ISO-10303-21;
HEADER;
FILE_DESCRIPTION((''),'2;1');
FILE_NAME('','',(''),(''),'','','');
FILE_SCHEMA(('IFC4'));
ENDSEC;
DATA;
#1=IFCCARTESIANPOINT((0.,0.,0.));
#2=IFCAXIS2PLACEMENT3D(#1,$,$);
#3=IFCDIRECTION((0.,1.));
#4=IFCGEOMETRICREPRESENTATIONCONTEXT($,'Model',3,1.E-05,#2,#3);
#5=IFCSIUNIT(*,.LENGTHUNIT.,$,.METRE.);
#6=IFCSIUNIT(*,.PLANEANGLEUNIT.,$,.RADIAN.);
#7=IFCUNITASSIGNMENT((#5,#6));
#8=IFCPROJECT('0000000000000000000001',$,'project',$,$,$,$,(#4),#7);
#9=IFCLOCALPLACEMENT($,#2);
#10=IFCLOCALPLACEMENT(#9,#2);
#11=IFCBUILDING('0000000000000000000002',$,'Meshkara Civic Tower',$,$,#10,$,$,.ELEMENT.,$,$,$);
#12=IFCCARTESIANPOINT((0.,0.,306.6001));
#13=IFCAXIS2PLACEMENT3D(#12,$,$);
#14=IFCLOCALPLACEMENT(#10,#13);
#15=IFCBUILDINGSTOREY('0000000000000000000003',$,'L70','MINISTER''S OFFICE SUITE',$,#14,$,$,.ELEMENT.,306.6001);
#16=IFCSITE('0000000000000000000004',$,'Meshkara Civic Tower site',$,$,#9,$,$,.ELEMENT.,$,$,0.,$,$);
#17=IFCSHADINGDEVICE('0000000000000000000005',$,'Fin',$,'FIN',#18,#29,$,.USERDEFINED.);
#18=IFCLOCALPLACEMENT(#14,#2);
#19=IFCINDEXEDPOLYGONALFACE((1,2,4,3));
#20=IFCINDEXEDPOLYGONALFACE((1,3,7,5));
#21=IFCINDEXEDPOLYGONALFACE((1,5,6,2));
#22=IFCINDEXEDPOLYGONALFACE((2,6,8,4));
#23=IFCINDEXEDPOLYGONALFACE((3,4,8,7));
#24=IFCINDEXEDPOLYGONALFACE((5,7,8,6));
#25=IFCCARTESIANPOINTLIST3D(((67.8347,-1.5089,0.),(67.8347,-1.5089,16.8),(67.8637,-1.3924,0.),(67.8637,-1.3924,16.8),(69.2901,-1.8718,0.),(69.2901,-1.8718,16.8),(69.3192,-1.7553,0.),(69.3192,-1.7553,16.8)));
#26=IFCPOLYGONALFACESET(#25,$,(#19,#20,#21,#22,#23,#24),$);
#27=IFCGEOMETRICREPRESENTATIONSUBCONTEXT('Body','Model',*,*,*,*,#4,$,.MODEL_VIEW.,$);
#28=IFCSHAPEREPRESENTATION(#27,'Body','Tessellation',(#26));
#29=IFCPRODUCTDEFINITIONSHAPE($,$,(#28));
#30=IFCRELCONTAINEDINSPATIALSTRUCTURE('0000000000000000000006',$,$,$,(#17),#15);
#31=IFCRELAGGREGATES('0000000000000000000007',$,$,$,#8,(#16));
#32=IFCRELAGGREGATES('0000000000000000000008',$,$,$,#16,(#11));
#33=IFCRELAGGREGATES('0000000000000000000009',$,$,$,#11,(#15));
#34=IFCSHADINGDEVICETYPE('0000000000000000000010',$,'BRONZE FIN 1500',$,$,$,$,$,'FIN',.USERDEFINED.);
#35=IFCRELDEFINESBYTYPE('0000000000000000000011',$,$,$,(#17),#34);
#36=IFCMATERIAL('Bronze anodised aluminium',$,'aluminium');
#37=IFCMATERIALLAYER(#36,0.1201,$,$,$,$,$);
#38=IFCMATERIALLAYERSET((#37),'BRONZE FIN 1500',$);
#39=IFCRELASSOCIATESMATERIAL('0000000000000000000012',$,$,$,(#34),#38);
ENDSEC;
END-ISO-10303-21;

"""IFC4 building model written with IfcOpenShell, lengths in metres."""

from ifc_helpers import new_model, si_unit, direction, frame, origin, origin_2d, place, context, subcontext, project, spatial, rectangle, extrude, material, layer, layer_set, type_object, element, save


model = new_model("IFC4")

# Units and contexts
model_context = context("Model", 3, precision=1e-05, world=origin(), true_north=direction((0.0, 1.0)))
body_context = subcontext(model_context, "Body", "Model", "MODEL_VIEW")
ifc_project = project(units=[si_unit("LENGTHUNIT", "METRE"), si_unit("PLANEANGLEUNIT", "RADIAN")], contexts=[model_context])

# Site, building, storey
site_placement = place(None, origin())
site = spatial("IfcSite", under=ifc_project, at=site_placement, Name="Meshkara Civic Tower site", CompositionType="ELEMENT", RefElevation=0.0)
building_placement = place(site_placement, origin())
building = spatial("IfcBuilding", under=site, at=building_placement, Name="Meshkara Civic Tower", CompositionType="ELEMENT")
storey_placement = place(building_placement, frame((0.0, 0.0, 306.6001)))
storey = spatial("IfcBuildingStorey", under=building, at=storey_placement, Name="L70", Description="MINISTER'S OFFICE SUITE", CompositionType="ELEMENT", Elevation=306.6001)

# Shading device
ifc_material_1 = material(Name="Bronze anodised aluminium", Category="aluminium")
ifc_layer_1 = layer(ifc_material_1, 0.1201)
ifc_layer_set_1 = layer_set([ifc_layer_1], Name="BRONZE FIN 1500")
shading_device_type = type_object("IfcShadingDeviceType", Name="BRONZE FIN 1500", ElementType="FIN", PredefinedType="USERDEFINED", material=ifc_layer_set_1)
for number, where, z_axis, x_axis, name in (
    (1, (68.5769, -1.6321, 0.0), (0.0, 0.0, 1.0), (0.241939, 0.970292, 0.0), "Fin"),
):
    element("IfcShadingDevice", number, at=place(storey_placement, frame(where, z_axis=z_axis, x_axis=x_axis)), inside=storey, type_object=shading_device_type, Name=name, ObjectType="FIN", PredefinedType="USERDEFINED", context=body_context, shape_type="SweptSolid", body=[
        extrude(rectangle(XDim=0.1201, YDim=1.5, at=origin_2d()), origin(), (0.0, 0.0, 1.0), 16.8),
    ])

save(model, "model.ifc")
